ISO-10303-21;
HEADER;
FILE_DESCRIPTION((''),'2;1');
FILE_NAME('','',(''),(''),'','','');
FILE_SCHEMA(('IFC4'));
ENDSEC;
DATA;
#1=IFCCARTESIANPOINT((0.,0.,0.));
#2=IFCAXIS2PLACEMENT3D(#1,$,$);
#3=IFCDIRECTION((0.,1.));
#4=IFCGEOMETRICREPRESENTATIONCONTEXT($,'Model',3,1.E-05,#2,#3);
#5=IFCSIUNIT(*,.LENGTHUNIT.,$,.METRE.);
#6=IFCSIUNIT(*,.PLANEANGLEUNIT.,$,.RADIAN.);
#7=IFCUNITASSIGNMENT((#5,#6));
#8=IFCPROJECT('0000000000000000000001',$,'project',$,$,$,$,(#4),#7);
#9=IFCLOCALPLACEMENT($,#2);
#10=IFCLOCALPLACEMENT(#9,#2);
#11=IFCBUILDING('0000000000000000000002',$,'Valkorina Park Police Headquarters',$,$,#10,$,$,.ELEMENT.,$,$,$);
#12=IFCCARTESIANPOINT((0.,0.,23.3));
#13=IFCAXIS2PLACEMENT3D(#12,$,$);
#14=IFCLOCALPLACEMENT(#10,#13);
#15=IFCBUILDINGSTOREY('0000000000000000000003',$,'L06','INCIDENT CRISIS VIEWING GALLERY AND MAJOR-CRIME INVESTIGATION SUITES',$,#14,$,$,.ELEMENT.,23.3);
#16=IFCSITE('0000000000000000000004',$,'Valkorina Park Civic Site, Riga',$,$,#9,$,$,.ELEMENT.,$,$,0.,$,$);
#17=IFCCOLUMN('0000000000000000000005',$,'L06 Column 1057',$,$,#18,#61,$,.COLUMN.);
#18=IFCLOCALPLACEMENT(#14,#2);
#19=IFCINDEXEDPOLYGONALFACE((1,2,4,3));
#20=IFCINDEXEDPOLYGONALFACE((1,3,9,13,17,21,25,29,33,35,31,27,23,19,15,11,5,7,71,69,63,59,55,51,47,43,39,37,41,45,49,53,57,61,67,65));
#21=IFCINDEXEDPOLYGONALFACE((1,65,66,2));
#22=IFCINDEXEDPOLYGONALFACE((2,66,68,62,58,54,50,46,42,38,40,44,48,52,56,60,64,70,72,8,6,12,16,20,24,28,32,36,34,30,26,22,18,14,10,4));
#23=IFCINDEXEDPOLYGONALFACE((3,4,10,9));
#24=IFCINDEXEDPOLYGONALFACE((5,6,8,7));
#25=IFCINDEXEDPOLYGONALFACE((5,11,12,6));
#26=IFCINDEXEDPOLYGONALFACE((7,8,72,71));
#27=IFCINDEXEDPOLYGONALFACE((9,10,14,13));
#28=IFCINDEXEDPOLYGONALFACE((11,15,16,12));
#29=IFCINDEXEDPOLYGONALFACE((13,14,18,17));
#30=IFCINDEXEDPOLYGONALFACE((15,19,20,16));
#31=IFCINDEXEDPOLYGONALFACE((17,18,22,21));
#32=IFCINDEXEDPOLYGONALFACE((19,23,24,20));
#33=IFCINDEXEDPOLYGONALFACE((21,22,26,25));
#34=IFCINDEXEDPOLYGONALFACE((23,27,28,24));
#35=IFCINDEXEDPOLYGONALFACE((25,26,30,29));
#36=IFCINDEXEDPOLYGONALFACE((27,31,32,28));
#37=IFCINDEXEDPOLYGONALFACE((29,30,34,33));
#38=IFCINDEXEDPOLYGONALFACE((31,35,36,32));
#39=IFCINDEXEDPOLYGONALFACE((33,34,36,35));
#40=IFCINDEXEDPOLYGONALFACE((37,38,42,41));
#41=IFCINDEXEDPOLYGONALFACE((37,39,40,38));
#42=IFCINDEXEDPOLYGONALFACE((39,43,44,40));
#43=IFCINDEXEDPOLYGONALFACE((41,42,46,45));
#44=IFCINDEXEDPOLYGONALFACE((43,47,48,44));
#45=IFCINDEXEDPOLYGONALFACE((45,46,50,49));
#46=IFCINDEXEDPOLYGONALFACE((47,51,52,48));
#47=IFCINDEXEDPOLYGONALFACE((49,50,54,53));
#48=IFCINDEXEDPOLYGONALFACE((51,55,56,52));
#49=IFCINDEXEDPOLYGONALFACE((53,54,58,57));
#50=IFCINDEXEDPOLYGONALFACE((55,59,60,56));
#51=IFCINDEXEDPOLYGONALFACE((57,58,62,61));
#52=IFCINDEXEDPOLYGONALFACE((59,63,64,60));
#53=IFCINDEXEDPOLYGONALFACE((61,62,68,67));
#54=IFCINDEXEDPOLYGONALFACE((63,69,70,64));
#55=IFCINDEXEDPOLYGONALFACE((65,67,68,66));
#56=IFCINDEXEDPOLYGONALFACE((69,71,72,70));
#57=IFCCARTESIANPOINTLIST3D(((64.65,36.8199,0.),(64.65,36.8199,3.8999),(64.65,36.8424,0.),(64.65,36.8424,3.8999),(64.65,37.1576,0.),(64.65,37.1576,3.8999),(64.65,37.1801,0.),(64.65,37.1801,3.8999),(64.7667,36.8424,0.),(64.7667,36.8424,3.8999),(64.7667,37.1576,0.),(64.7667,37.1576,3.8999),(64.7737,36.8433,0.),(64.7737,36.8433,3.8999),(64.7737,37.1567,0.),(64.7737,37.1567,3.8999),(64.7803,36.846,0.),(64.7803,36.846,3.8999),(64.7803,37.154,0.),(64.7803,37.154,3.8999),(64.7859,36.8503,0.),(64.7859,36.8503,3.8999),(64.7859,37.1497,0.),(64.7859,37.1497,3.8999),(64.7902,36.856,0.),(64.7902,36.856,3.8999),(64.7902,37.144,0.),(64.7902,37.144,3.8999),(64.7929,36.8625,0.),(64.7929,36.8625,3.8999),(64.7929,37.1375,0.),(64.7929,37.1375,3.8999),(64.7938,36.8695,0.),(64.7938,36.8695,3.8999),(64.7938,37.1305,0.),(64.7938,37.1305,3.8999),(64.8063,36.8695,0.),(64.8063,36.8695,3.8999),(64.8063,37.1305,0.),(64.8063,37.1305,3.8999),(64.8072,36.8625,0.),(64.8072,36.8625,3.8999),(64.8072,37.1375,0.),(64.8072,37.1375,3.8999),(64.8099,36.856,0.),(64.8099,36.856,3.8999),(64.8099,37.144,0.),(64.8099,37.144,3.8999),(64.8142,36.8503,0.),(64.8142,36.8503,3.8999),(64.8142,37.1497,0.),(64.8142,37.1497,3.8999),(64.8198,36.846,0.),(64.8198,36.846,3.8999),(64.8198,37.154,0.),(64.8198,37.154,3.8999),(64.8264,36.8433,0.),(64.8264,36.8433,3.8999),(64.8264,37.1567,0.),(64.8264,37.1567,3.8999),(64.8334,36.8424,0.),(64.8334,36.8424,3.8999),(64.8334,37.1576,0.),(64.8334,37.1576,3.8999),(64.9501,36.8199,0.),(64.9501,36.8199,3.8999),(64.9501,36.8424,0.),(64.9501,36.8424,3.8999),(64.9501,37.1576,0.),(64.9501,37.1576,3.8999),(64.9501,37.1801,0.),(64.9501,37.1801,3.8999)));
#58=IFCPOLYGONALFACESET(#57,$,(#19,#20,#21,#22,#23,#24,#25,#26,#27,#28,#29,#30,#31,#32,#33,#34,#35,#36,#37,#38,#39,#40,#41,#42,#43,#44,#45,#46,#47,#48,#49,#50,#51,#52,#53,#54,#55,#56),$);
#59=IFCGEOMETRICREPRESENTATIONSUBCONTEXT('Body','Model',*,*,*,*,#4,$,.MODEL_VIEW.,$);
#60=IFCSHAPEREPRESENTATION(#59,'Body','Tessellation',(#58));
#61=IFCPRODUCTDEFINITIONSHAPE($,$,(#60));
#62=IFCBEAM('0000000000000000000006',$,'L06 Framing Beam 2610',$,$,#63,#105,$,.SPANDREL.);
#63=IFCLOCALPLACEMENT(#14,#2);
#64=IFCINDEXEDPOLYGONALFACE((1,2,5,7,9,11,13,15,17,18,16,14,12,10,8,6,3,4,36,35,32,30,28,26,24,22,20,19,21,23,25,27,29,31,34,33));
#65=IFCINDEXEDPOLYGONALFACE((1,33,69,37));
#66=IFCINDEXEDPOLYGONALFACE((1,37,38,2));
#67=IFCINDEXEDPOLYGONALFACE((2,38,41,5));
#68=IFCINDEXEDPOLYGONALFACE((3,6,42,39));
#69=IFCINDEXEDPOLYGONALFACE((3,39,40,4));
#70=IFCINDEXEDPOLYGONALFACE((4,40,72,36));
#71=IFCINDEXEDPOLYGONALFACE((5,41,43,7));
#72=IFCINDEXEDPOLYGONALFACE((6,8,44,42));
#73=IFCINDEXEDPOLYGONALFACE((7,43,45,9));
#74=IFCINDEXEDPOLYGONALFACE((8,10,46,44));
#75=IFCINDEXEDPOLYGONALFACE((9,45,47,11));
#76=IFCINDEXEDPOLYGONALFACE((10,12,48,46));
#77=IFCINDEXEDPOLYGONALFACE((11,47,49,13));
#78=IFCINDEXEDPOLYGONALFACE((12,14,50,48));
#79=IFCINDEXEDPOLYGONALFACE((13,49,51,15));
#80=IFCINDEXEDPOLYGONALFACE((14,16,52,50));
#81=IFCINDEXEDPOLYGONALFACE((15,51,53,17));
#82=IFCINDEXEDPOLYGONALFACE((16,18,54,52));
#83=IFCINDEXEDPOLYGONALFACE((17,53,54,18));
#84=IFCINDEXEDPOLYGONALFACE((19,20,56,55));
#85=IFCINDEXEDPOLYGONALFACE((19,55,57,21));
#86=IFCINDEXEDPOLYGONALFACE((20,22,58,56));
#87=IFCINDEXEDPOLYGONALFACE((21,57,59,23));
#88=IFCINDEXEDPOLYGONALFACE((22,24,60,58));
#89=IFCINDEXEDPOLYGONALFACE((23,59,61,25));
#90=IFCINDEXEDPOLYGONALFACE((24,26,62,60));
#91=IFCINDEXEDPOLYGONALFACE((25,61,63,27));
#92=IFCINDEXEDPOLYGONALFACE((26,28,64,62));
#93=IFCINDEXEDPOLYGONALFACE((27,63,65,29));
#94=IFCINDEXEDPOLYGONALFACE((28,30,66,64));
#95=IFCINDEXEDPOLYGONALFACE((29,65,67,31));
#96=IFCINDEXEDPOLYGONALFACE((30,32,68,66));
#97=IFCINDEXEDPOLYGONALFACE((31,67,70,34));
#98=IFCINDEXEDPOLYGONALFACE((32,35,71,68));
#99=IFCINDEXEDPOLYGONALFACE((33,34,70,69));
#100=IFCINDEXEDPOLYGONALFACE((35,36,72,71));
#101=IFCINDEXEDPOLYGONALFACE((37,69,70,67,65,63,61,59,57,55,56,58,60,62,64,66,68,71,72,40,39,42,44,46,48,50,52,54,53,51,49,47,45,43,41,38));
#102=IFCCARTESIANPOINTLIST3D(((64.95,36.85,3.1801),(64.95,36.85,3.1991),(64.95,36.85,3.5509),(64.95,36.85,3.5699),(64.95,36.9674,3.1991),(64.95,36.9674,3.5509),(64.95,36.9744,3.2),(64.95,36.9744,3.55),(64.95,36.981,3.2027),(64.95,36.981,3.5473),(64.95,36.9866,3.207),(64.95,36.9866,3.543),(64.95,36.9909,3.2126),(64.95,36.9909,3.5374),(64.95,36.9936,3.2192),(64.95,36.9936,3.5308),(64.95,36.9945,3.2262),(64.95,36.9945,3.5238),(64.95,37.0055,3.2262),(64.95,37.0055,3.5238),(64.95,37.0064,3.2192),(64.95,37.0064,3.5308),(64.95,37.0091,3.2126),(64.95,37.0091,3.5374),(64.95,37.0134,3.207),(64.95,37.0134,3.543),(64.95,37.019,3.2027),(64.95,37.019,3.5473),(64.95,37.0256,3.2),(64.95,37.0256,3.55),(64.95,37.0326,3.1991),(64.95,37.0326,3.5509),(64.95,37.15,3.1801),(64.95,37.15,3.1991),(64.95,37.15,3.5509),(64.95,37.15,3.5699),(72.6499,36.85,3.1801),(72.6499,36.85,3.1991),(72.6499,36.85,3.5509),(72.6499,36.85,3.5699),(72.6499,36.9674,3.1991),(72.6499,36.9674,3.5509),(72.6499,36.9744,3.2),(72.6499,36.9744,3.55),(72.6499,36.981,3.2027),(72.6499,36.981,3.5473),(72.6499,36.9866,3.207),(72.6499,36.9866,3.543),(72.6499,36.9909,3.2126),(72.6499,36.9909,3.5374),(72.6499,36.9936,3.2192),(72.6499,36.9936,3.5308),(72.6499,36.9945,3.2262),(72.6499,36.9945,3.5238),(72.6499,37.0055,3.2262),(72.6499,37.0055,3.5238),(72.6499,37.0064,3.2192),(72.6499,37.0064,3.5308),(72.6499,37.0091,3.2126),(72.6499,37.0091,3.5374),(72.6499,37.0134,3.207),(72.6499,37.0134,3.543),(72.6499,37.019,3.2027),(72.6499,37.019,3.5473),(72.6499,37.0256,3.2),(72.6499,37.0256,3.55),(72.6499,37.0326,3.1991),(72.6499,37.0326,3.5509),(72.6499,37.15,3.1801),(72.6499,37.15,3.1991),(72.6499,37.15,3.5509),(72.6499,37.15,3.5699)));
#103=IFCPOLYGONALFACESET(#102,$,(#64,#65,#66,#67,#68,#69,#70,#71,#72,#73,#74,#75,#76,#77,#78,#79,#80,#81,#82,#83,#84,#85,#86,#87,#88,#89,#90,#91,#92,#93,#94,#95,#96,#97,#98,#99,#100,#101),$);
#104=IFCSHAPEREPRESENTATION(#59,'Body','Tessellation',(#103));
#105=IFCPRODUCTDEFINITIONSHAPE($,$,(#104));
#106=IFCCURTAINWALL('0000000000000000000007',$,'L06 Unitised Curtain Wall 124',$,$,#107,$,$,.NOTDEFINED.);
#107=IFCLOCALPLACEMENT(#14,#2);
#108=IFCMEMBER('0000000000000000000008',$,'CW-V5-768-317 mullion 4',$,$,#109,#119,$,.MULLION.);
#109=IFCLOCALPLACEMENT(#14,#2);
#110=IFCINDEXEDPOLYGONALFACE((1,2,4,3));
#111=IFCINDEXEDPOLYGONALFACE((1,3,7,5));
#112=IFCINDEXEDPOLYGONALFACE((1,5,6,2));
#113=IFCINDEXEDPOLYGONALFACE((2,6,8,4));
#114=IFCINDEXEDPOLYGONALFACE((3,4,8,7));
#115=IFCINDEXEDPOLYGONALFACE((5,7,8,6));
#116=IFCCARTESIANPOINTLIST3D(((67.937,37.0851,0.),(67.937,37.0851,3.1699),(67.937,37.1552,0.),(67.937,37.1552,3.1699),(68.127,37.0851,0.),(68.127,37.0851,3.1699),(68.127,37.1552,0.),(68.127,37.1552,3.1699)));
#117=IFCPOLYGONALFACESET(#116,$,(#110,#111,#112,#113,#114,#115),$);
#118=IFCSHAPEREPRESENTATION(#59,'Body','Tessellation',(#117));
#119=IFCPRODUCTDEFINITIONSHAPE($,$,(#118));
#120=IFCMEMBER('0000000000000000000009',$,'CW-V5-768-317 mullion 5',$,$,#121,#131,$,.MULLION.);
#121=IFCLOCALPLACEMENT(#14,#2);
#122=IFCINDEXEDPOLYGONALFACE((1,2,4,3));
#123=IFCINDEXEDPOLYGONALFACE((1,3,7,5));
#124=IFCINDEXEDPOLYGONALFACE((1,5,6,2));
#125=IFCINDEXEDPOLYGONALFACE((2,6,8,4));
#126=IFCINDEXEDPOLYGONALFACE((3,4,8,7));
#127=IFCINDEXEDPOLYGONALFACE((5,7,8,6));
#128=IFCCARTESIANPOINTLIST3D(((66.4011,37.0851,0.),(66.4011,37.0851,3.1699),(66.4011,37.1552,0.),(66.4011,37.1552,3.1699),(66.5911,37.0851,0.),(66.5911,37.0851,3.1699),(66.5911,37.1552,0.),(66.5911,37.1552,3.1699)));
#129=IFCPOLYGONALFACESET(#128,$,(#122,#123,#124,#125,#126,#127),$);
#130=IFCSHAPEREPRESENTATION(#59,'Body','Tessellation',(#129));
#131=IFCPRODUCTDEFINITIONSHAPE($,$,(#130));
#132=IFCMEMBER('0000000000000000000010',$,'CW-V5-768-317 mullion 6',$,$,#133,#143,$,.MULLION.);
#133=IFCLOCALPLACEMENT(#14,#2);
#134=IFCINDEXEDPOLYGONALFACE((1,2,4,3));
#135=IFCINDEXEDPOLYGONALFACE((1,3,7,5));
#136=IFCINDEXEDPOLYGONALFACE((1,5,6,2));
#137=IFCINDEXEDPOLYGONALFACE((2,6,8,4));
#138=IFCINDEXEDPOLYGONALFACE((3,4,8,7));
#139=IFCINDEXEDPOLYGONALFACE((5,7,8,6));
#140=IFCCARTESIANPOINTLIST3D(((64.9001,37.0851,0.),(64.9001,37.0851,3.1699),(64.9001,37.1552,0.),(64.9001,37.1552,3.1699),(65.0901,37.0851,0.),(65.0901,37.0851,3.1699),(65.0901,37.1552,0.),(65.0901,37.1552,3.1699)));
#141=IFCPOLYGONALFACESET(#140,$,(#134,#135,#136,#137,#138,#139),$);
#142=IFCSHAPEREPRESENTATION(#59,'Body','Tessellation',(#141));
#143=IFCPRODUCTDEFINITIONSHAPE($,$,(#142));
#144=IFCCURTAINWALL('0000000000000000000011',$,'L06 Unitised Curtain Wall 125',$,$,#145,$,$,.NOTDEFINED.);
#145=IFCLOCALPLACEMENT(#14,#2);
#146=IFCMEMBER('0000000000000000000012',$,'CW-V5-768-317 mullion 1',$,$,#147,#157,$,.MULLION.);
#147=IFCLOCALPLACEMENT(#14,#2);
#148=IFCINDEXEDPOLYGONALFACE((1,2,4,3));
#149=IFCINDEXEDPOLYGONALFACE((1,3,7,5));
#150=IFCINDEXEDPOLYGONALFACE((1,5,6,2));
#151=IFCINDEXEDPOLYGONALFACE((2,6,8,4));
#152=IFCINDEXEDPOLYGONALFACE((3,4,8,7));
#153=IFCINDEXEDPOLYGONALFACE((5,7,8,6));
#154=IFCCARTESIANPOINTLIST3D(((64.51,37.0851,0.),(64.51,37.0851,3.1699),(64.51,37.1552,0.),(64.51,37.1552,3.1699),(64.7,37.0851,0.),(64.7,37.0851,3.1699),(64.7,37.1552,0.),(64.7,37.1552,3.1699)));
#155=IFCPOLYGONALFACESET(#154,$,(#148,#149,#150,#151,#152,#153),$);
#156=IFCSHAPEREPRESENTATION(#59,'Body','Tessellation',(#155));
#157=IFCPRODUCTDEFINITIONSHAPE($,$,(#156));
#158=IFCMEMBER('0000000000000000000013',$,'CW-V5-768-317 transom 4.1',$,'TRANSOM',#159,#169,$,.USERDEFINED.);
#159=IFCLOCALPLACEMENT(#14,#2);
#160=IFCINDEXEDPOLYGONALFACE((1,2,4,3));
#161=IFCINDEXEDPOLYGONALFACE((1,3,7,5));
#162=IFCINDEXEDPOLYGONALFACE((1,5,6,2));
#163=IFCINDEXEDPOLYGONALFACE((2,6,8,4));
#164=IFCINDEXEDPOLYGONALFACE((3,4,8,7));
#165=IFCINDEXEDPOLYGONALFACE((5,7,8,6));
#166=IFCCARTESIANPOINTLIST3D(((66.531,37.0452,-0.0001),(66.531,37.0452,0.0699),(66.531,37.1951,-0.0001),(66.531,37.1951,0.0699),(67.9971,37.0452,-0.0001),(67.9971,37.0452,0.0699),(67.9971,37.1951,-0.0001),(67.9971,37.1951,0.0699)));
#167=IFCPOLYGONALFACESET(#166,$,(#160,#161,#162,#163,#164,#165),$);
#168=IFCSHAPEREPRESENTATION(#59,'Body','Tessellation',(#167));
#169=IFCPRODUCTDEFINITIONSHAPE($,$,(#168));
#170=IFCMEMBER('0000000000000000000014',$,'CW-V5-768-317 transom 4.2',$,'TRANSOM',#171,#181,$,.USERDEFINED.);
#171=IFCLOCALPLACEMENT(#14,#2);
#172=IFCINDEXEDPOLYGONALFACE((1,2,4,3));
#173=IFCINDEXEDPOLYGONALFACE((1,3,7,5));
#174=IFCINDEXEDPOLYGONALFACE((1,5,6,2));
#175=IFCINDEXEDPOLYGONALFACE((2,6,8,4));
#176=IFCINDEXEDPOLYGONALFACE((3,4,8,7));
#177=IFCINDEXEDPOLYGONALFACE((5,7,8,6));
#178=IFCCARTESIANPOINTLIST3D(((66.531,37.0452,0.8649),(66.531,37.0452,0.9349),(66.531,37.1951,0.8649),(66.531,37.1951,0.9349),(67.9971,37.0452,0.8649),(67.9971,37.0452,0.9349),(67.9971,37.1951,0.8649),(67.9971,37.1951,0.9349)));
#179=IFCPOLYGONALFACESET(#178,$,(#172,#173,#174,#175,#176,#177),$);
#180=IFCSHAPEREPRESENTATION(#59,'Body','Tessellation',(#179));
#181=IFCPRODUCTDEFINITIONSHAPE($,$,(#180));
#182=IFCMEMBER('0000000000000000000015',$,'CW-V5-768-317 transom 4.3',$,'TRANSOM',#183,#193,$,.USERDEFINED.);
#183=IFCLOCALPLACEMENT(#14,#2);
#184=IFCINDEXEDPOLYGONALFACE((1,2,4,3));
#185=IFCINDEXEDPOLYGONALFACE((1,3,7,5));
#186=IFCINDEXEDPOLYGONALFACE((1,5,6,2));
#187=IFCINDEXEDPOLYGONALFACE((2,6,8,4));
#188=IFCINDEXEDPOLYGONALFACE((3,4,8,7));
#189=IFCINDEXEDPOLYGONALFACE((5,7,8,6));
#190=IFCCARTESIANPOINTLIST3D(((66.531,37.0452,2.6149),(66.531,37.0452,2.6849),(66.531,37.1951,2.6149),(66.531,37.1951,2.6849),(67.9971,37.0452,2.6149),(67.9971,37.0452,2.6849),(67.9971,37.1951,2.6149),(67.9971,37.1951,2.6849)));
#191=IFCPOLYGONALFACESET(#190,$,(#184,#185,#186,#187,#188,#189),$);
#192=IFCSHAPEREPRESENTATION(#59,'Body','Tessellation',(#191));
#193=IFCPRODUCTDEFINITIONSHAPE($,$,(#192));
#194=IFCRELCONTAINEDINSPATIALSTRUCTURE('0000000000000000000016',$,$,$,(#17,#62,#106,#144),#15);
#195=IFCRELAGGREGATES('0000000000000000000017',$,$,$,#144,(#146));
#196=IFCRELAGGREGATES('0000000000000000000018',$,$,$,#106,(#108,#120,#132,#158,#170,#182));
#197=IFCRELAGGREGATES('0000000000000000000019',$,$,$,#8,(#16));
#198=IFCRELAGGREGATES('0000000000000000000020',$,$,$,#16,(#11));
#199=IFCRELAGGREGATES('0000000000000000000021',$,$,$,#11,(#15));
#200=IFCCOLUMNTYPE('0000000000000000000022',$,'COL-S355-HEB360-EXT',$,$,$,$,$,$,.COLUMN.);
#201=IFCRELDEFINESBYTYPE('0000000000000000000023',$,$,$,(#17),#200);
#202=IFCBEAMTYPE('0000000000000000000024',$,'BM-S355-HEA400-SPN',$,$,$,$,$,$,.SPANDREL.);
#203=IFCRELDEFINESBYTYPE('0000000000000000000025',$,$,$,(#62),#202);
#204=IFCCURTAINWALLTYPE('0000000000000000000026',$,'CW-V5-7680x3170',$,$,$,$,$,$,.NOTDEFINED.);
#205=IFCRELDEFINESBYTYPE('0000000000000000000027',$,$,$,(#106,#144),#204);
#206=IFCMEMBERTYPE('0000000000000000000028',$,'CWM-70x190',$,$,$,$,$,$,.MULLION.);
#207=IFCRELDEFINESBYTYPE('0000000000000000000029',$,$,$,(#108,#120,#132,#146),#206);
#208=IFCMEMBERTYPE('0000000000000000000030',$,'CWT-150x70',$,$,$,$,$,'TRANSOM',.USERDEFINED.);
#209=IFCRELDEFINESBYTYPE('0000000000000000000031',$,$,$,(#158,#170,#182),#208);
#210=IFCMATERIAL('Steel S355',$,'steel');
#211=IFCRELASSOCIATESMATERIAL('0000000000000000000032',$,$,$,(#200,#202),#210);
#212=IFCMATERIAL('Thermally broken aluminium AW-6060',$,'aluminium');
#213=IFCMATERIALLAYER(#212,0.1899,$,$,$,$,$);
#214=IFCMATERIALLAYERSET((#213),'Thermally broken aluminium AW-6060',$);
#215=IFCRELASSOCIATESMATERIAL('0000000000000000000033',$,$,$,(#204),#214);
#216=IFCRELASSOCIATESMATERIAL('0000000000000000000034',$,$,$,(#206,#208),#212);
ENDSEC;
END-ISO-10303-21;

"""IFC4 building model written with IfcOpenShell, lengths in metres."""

from ifc_helpers import new_model, si_unit, direction, frame, origin, origin_2d, place, context, subcontext, project, spatial, rectangle, i_section, extrude, material, layer, layer_set, material_profile, profile_set, type_object, element, aggregate, save


model = new_model("IFC4")

# Units and contexts
model_context = context("Model", 3, precision=1e-05, world=origin(), true_north=direction((0.0, 1.0)))
body_context = subcontext(model_context, "Body", "Model", "MODEL_VIEW")
ifc_project = project(units=[si_unit("LENGTHUNIT", "METRE"), si_unit("PLANEANGLEUNIT", "RADIAN")], contexts=[model_context])

# Site, building, storey
site_placement = place(None, origin())
site = spatial("IfcSite", under=ifc_project, at=site_placement, Name="Valkorina Park Civic Site, Riga", CompositionType="ELEMENT", RefElevation=0.0)
building_placement = place(site_placement, origin())
building = spatial("IfcBuilding", under=site, at=building_placement, Name="Valkorina Park Police Headquarters", CompositionType="ELEMENT")
storey_placement = place(building_placement, frame((0.0, 0.0, 23.3)))
storey = spatial("IfcBuildingStorey", under=building, at=storey_placement, Name="L06", Description="INCIDENT CRISIS VIEWING GALLERY AND MAJOR-CRIME INVESTIGATION SUITES", CompositionType="ELEMENT", Elevation=23.3)

# Column
ifc_material_1 = material(Name="Steel S355", Category="steel")
ifc_material_profile_1 = material_profile(ifc_material_1, i_section(OverallWidth=0.3, OverallDepth=0.3601, WebThickness=0.0125, FlangeThickness=0.0225, FilletRadius=0.0271, at=origin_2d()), Name="HEB 360")
ifc_profile_set_1 = profile_set([ifc_material_profile_1], Name="Steel S355")
column_type = type_object("IfcColumnType", Name="COL-S355-HEB360-EXT", PredefinedType="COLUMN", material=ifc_profile_set_1)
column_placement = place(storey_placement, frame((64.8, 37.0, 0.0), z_axis=(0.0, 0.0, 1.0), x_axis=(1.0, 0.0, 0.0)))
element("IfcColumn", 1, at=column_placement, inside=storey, type_object=column_type, Name="L06 Column 1057", PredefinedType="COLUMN", context=body_context, shape_type="SweptSolid", body=[
    extrude(i_section(OverallWidth=0.3, OverallDepth=0.3601, WebThickness=0.0125, FlangeThickness=0.0225, FilletRadius=0.0271, at=origin_2d()), origin(), (0.0, 0.0, 1.0), 3.8999),
])

# Beam
ifc_material_profile_2 = material_profile(ifc_material_1, i_section(OverallWidth=0.3, OverallDepth=0.3899, WebThickness=0.011, FlangeThickness=0.019, FilletRadius=0.0271, at=origin_2d()), Name="HEA 400")
ifc_profile_set_2 = profile_set([ifc_material_profile_2], Name="Steel S355")
beam_type = type_object("IfcBeamType", Name="BM-S355-HEA400-SPN", PredefinedType="SPANDREL", material=ifc_profile_set_2)
beam_placement = place(storey_placement, frame((64.95, 37.0, 3.375), z_axis=(1.0, 0.0, 0.0), x_axis=(0.0, 1.0, 0.0)))
element("IfcBeam", 2, at=beam_placement, inside=storey, type_object=beam_type, Name="L06 Framing Beam 2610", PredefinedType="SPANDREL", context=body_context, shape_type="SweptSolid", body=[
    extrude(i_section(OverallWidth=0.3, OverallDepth=0.3899, WebThickness=0.011, FlangeThickness=0.019, FilletRadius=0.0271, at=origin_2d()), origin(), (0.0, 0.0, 1.0), 7.7),
])

# Curtain wall, members
ifc_material_2 = material(Name="Thermally broken aluminium AW-6060", Category="aluminium")
ifc_layer_1 = layer(ifc_material_2, 0.1899)
ifc_layer_set_1 = layer_set([ifc_layer_1], Name="Thermally broken aluminium AW-6060")
curtain_wall_type = type_object("IfcCurtainWallType", Name="CW-V5-7680x3170", PredefinedType="NOTDEFINED", material=ifc_layer_set_1)
curtain_wall_1_placement = place(storey_placement, origin())
curtain_wall_1 = element("IfcCurtainWall", 3, at=curtain_wall_1_placement, inside=storey, type_object=curtain_wall_type, Name="L06 Unitised Curtain Wall 124", PredefinedType="NOTDEFINED")
ifc_material_profile_3 = material_profile(ifc_material_2, rectangle(XDim=0.0701, YDim=0.1899, at=origin_2d()), Name="CWM-02 70x190")
ifc_profile_set_3 = profile_set([ifc_material_profile_3], Name="Thermally broken aluminium AW-6060")
member_type_1 = type_object("IfcMemberType", Name="CWM-70x190", PredefinedType="MULLION", material=ifc_profile_set_3)
member_1_placement = place(storey_placement, frame((68.032, 37.1201, 0.0), z_axis=(0.0, 0.0, 1.0), x_axis=(0.0, -1.0, 0.0)))
member_1 = element("IfcMember", 4, at=member_1_placement, type_object=member_type_1, Name="CW-V5-768-317 mullion 4", PredefinedType="MULLION", context=body_context, shape_type="SweptSolid", body=[
    extrude(rectangle(XDim=0.0701, YDim=0.1899, at=origin_2d()), origin(), (0.0, 0.0, 1.0), 3.1699),
])
member_2_placement = place(storey_placement, frame((66.4961, 37.1201, 0.0), z_axis=(0.0, 0.0, 1.0), x_axis=(0.0, -1.0, 0.0)))
member_2 = element("IfcMember", 5, at=member_2_placement, type_object=member_type_1, Name="CW-V5-768-317 mullion 5", PredefinedType="MULLION", context=body_context, shape_type="SweptSolid", body=[
    extrude(rectangle(XDim=0.0701, YDim=0.1899, at=origin_2d()), origin(), (0.0, 0.0, 1.0), 3.1699),
])
member_3_placement = place(storey_placement, frame((64.9951, 37.1201, 0.0), z_axis=(0.0, 0.0, 1.0), x_axis=(0.0, -1.0, 0.0)))
member_3 = element("IfcMember", 6, at=member_3_placement, type_object=member_type_1, Name="CW-V5-768-317 mullion 6", PredefinedType="MULLION", context=body_context, shape_type="SweptSolid", body=[
    extrude(rectangle(XDim=0.0701, YDim=0.1899, at=origin_2d()), origin(), (0.0, 0.0, 1.0), 3.1699),
])

# Curtain wall, member
curtain_wall_2_placement = place(storey_placement, origin())
curtain_wall_2 = element("IfcCurtainWall", 7, at=curtain_wall_2_placement, inside=storey, type_object=curtain_wall_type, Name="L06 Unitised Curtain Wall 125", PredefinedType="NOTDEFINED")
member_4_placement = place(storey_placement, frame((64.605, 37.1201, 0.0), z_axis=(0.0, 0.0, 1.0), x_axis=(0.0, -1.0, 0.0)))
member_4 = element("IfcMember", 8, at=member_4_placement, type_object=member_type_1, Name="CW-V5-768-317 mullion 1", PredefinedType="MULLION", context=body_context, shape_type="SweptSolid", body=[
    extrude(rectangle(XDim=0.0701, YDim=0.1899, at=origin_2d()), origin(), (0.0, 0.0, 1.0), 3.1699),
])

# Members
ifc_material_profile_4 = material_profile(ifc_material_2, rectangle(XDim=0.1499, YDim=0.0701, at=origin_2d()), Name="CWT-02 150x70")
ifc_profile_set_4 = profile_set([ifc_material_profile_4], Name="Thermally broken aluminium AW-6060")
member_type_2 = type_object("IfcMemberType", Name="CWT-150x70", ElementType="TRANSOM", PredefinedType="USERDEFINED", material=ifc_profile_set_4)
member_5_placement = place(storey_placement, frame((67.9971, 37.1201, 0.0349), z_axis=(-1.0, 0.0, 0.0), x_axis=(0.0, -1.0, 0.0)))
member_5 = element("IfcMember", 9, at=member_5_placement, type_object=member_type_2, Name="CW-V5-768-317 transom 4.1", ObjectType="TRANSOM", PredefinedType="USERDEFINED", context=body_context, shape_type="SweptSolid", body=[
    extrude(rectangle(XDim=0.1499, YDim=0.0701, at=origin_2d()), origin(), (0.0, 0.0, 1.0), 1.4661),
])
member_6_placement = place(storey_placement, frame((67.9971, 37.1201, 0.8999), z_axis=(-1.0, 0.0, 0.0), x_axis=(0.0, -1.0, 0.0)))
member_6 = element("IfcMember", 10, at=member_6_placement, type_object=member_type_2, Name="CW-V5-768-317 transom 4.2", ObjectType="TRANSOM", PredefinedType="USERDEFINED", context=body_context, shape_type="SweptSolid", body=[
    extrude(rectangle(XDim=0.1499, YDim=0.0701, at=origin_2d()), origin(), (0.0, 0.0, 1.0), 1.4661),
])
member_7_placement = place(storey_placement, frame((67.9971, 37.1201, 2.6499), z_axis=(-1.0, 0.0, 0.0), x_axis=(0.0, -1.0, 0.0)))
member_7 = element("IfcMember", 11, at=member_7_placement, type_object=member_type_2, Name="CW-V5-768-317 transom 4.3", ObjectType="TRANSOM", PredefinedType="USERDEFINED", context=body_context, shape_type="SweptSolid", body=[
    extrude(rectangle(XDim=0.1499, YDim=0.0701, at=origin_2d()), origin(), (0.0, 0.0, 1.0), 1.4661),
])
aggregate(curtain_wall_2, [member_4])

aggregate(curtain_wall_1, [member_1, member_2, member_3, member_5, member_6, member_7])

save(model, "model.ifc")
